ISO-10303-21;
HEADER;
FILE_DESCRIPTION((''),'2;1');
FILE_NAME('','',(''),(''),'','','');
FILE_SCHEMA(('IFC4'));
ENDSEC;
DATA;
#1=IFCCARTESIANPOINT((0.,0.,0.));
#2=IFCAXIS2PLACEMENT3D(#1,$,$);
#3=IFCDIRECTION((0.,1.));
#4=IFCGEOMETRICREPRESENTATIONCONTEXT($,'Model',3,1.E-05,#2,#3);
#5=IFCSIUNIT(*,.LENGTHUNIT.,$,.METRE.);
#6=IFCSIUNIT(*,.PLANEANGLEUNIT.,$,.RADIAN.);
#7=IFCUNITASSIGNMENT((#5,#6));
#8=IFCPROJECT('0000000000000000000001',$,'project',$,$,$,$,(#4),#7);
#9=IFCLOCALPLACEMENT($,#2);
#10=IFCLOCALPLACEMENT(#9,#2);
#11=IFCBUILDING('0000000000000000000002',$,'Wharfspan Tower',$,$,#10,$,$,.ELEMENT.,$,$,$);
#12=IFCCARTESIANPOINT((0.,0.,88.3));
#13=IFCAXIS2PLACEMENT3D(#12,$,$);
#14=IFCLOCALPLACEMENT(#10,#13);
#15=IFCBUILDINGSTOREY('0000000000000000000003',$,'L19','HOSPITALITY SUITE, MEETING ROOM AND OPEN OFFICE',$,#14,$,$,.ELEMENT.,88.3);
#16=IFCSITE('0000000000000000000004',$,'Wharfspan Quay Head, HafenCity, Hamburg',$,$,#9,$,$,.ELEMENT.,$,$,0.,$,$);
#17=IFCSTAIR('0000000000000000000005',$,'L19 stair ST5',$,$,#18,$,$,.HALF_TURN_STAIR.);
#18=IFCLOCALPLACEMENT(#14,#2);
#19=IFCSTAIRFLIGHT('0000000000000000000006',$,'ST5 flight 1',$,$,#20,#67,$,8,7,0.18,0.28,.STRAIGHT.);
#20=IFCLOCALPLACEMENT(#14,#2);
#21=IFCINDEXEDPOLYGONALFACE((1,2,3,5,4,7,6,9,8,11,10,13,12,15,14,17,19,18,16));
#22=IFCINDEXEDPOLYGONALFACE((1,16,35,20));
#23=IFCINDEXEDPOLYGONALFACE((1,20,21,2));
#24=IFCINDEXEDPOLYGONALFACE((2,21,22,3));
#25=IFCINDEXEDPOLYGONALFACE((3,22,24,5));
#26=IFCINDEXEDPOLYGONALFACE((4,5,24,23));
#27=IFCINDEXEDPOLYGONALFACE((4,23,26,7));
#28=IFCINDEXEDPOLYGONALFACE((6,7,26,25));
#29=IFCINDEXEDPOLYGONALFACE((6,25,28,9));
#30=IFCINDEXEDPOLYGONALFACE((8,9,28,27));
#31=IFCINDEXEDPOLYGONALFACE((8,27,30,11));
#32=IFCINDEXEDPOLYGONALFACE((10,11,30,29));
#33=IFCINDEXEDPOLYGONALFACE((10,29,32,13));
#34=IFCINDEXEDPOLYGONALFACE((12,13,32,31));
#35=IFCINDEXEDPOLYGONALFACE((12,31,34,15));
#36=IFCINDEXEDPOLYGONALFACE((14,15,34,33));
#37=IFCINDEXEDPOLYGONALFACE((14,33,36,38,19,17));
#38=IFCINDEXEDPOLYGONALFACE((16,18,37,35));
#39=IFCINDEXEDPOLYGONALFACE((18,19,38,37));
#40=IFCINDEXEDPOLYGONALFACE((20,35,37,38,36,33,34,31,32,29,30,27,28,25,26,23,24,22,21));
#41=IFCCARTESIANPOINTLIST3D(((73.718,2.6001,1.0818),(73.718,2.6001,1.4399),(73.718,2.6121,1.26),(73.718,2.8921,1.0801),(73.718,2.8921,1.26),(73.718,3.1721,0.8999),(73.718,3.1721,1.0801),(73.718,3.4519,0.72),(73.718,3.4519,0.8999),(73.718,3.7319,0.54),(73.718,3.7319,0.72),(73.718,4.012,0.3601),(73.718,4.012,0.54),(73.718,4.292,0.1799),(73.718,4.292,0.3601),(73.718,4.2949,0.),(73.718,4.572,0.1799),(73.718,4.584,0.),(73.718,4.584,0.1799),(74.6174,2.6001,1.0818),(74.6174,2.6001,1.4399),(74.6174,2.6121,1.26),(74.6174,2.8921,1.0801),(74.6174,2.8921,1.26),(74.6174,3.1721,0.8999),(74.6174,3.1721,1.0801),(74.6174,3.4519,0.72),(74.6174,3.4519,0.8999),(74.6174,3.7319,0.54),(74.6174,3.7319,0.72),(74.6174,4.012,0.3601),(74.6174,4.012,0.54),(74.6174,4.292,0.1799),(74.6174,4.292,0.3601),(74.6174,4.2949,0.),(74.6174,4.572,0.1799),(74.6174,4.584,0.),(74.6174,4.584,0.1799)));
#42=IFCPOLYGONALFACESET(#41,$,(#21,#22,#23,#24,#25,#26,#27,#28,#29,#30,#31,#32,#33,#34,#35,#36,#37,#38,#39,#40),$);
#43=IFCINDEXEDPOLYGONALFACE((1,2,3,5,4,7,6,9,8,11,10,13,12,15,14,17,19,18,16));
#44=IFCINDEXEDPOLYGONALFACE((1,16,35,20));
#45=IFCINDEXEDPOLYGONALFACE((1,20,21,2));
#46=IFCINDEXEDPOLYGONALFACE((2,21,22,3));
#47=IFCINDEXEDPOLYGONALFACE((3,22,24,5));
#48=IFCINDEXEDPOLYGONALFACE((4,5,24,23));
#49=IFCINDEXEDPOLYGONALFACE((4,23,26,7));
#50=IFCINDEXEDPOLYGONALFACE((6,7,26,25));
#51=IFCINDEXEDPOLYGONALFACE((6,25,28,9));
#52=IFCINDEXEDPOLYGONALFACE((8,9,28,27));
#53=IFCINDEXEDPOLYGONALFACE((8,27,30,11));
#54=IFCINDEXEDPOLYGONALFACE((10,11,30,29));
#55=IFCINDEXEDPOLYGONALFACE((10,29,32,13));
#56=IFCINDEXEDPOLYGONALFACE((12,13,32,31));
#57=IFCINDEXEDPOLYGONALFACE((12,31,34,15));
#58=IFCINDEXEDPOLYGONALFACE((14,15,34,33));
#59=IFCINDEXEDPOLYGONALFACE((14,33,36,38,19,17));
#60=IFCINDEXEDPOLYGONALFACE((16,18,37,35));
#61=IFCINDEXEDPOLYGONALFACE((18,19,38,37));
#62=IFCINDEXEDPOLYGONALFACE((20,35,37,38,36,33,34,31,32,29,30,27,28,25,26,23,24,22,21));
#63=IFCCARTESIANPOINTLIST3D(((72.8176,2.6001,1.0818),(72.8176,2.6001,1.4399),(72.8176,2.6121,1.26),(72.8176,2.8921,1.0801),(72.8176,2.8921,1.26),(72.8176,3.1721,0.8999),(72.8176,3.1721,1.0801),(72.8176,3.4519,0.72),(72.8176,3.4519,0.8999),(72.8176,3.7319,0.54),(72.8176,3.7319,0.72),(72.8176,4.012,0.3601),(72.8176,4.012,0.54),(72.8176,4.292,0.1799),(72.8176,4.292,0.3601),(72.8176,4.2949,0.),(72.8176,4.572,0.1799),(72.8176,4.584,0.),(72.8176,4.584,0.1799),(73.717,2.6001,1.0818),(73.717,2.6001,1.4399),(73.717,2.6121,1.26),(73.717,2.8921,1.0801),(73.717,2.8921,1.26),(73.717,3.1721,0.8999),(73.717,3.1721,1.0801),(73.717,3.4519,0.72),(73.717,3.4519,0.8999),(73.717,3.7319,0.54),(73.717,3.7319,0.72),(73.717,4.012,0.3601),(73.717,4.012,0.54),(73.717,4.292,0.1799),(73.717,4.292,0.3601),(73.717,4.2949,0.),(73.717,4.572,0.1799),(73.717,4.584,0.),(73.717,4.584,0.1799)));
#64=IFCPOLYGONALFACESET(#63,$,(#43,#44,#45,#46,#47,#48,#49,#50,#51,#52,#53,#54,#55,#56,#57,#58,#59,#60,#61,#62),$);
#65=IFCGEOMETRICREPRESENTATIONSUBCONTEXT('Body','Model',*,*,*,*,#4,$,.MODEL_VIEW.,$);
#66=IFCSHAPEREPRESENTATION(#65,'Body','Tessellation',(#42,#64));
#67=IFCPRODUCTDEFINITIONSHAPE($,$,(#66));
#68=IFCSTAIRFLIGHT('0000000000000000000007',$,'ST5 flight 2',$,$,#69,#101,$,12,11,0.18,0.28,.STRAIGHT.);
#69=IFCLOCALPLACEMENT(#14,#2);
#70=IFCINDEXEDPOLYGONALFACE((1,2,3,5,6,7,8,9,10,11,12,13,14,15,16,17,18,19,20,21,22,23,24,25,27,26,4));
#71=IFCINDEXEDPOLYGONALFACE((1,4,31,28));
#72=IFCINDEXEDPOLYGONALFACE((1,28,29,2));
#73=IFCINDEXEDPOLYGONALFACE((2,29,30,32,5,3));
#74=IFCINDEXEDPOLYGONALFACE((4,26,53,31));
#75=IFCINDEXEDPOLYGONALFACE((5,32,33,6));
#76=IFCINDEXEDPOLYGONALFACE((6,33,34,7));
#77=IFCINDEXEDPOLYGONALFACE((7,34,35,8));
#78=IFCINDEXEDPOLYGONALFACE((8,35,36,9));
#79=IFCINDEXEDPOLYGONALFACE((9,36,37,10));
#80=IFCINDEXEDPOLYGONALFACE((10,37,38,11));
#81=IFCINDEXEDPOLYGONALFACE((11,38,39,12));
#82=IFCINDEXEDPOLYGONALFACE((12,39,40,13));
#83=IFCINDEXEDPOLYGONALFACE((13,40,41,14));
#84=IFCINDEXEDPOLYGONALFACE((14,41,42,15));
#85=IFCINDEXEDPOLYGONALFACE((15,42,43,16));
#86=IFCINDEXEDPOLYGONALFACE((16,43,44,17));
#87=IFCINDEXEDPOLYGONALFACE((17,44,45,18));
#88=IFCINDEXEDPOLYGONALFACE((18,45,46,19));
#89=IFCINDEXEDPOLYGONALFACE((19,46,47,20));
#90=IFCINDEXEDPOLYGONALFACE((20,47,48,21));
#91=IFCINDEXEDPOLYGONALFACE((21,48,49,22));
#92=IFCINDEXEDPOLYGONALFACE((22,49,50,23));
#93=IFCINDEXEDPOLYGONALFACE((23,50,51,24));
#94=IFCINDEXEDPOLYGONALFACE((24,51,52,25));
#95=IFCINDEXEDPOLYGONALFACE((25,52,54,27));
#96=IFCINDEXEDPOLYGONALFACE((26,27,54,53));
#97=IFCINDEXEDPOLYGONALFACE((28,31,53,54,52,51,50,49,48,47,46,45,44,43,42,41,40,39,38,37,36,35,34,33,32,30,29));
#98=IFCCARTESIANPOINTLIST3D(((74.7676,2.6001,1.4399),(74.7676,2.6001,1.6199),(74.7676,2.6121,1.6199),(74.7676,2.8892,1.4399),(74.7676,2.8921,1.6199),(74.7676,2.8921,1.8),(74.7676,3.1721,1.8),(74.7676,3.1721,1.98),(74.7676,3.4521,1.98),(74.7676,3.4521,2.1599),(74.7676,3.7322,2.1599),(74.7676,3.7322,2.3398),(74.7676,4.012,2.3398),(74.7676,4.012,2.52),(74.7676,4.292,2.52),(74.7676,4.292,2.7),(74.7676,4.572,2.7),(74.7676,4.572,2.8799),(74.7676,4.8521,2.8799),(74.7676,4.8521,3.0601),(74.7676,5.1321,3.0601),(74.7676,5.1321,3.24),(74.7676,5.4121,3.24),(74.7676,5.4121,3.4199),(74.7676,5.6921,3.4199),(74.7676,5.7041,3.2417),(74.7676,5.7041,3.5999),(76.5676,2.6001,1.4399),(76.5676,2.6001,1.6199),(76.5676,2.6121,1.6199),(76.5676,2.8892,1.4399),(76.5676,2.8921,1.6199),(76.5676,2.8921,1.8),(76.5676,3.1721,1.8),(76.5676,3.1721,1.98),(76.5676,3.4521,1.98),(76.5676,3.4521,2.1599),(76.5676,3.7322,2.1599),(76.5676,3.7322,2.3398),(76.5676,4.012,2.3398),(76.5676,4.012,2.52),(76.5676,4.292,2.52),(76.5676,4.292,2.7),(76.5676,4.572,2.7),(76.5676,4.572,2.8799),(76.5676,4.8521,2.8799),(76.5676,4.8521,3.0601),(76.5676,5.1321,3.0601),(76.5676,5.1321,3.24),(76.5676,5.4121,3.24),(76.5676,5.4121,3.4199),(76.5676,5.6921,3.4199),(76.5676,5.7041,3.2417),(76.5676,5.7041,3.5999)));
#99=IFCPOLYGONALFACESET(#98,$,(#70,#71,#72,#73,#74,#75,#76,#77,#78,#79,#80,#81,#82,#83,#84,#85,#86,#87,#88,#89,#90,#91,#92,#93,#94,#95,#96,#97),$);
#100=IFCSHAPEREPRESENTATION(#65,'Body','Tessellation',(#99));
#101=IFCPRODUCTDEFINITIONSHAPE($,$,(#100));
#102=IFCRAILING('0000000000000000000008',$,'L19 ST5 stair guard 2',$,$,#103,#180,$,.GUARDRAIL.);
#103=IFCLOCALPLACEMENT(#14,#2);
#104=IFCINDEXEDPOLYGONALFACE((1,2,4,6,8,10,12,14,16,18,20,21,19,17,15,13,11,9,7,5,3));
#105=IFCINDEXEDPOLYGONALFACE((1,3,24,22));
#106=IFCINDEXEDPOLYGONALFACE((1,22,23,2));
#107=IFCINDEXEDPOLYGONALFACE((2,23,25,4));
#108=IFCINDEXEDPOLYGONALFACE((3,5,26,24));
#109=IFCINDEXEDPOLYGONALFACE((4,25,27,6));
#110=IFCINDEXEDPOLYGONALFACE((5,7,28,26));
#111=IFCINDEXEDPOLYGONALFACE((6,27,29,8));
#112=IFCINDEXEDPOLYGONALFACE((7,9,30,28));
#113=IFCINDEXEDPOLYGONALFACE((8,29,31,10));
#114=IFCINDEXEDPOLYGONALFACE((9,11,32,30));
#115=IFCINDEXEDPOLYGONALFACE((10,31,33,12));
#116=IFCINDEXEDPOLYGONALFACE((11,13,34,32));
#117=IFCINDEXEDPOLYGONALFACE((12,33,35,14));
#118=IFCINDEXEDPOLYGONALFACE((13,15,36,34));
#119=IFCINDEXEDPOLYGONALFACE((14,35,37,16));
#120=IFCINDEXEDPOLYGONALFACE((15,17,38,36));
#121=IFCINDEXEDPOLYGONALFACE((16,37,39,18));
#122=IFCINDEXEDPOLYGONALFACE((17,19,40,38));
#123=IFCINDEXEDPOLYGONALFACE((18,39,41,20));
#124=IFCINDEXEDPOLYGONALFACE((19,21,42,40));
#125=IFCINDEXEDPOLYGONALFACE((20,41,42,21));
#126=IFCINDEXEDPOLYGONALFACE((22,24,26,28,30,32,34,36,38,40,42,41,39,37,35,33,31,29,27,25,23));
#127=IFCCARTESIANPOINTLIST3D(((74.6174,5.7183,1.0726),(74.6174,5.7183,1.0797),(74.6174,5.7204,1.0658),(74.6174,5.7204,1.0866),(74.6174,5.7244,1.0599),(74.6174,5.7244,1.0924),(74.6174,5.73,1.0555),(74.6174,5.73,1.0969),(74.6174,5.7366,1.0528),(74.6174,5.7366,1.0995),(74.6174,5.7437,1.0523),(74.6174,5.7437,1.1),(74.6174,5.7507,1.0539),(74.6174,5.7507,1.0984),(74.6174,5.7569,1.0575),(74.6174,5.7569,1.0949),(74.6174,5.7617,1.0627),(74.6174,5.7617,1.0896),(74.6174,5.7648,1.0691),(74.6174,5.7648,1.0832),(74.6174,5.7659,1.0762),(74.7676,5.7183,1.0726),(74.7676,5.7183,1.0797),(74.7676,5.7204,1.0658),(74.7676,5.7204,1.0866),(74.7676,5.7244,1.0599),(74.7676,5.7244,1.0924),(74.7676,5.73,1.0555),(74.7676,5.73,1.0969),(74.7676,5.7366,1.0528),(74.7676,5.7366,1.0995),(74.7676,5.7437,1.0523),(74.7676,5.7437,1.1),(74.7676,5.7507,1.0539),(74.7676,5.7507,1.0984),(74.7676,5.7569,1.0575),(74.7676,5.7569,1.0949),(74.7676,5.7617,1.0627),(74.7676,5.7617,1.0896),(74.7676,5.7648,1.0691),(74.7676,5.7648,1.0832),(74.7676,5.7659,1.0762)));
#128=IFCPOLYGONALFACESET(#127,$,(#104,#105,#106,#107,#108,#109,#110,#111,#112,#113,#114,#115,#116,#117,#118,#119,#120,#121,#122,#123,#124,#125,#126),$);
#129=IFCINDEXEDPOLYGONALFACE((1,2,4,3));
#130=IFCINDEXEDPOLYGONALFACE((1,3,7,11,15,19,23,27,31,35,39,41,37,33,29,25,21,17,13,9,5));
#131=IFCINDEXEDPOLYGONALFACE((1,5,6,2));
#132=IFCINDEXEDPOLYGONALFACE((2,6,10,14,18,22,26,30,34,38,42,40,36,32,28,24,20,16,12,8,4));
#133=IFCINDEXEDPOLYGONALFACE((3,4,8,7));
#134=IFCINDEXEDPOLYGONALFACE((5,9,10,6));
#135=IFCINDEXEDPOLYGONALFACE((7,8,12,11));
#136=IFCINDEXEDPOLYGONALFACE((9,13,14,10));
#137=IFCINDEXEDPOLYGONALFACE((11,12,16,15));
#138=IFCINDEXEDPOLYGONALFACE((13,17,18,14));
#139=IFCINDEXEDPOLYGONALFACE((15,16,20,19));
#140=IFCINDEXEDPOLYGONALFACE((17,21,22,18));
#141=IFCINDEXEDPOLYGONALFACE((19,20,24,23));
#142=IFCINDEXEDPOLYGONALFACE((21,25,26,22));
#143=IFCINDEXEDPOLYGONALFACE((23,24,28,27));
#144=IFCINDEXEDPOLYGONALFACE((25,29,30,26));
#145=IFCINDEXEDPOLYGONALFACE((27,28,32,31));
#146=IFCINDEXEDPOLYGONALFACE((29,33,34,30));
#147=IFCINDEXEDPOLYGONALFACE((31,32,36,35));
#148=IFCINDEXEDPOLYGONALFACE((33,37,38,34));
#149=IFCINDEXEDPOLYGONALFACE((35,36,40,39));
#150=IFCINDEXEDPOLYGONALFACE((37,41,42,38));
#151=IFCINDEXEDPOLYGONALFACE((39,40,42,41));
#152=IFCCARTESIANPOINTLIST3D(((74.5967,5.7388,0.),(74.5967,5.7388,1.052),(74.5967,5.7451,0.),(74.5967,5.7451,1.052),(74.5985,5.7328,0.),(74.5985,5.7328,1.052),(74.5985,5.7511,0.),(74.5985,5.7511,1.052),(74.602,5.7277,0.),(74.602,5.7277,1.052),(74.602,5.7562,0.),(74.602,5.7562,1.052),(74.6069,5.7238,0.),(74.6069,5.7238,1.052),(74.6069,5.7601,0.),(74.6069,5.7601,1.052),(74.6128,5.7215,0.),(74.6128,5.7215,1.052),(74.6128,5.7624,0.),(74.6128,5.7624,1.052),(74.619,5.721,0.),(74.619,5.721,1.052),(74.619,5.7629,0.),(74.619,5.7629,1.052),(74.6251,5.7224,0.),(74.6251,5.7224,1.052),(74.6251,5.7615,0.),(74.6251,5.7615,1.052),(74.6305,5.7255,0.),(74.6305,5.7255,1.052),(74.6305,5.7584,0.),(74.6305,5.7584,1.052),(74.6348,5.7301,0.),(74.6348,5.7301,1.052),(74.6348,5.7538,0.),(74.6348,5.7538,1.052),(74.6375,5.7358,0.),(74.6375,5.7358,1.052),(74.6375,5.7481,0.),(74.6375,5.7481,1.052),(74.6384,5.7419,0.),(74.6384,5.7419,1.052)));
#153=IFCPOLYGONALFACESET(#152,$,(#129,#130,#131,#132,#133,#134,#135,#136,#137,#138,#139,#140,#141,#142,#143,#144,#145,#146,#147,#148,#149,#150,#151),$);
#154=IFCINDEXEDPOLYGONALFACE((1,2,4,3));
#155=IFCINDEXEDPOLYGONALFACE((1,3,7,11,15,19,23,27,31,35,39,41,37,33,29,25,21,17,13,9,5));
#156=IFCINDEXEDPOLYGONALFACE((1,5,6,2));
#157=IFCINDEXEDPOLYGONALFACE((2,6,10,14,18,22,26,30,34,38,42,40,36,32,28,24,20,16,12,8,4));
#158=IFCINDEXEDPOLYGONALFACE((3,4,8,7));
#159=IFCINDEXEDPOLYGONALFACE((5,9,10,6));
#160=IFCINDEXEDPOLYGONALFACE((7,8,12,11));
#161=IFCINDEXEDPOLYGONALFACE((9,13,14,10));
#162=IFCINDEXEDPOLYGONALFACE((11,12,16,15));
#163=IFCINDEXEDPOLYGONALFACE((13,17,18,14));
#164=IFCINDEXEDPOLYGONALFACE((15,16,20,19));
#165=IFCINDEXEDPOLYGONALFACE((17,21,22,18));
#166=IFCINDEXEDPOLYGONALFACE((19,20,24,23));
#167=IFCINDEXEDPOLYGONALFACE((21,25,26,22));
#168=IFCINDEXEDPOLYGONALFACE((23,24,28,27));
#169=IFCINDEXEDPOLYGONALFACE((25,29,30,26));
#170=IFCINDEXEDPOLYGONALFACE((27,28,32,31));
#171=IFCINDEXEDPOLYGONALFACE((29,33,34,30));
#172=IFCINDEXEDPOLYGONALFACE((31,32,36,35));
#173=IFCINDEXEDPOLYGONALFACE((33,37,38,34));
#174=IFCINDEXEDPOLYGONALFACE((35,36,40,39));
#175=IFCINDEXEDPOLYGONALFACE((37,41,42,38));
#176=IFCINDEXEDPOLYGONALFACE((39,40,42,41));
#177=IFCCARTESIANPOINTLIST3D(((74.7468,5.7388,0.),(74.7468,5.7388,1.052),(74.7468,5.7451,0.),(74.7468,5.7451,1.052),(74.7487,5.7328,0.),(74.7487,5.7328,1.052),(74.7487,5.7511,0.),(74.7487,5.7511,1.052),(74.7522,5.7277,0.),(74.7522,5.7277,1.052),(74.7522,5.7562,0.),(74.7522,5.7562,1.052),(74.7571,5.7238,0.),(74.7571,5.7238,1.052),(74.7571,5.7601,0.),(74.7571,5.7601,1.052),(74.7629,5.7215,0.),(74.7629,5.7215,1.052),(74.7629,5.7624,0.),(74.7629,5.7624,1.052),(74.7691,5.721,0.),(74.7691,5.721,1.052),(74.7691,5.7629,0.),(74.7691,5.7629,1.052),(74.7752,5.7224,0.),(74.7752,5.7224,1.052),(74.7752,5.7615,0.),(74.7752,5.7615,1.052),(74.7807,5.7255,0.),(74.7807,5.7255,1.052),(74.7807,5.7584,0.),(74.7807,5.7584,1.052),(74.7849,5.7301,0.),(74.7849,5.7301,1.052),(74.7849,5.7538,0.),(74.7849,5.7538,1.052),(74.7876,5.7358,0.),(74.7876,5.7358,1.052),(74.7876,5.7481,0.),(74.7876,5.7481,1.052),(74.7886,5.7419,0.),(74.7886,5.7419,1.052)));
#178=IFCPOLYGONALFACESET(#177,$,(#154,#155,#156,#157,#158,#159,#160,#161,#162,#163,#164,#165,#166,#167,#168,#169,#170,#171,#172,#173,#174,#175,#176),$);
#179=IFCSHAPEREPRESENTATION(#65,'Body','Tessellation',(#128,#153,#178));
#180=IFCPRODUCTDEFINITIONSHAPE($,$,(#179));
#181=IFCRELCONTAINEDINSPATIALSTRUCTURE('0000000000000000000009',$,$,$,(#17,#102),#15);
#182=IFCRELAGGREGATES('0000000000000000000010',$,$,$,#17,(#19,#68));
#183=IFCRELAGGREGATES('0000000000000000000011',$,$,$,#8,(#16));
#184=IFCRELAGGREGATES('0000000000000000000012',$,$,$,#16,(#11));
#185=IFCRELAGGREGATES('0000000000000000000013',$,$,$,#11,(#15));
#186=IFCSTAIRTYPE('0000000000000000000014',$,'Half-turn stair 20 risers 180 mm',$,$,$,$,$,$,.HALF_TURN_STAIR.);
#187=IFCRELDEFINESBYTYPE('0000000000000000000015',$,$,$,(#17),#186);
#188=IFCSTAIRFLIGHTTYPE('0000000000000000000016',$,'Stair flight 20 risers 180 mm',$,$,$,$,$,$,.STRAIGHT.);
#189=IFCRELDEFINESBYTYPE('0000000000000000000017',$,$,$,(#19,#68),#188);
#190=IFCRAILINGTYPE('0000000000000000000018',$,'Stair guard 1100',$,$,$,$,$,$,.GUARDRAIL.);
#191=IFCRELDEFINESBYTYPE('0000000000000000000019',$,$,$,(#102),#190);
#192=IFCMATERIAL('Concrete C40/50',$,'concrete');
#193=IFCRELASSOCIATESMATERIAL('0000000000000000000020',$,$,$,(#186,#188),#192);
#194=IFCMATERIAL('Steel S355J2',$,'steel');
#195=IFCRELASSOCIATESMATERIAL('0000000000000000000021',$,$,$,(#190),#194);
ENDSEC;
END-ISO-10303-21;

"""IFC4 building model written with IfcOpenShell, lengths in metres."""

from ifc_helpers import new_model, si_unit, direction, frame, origin, origin_2d, place, context, subcontext, project, spatial, polyline, circle, outline, extrude, material, type_object, element, aggregate, save


model = new_model("IFC4")

# Units and contexts
model_context = context("Model", 3, precision=1e-05, world=origin(), true_north=direction((0.0, 1.0)))
body_context = subcontext(model_context, "Body", "Model", "MODEL_VIEW")
ifc_project = project(units=[si_unit("LENGTHUNIT", "METRE"), si_unit("PLANEANGLEUNIT", "RADIAN")], contexts=[model_context])

# Site, building, storey
site_placement = place(None, origin())
site = spatial("IfcSite", under=ifc_project, at=site_placement, Name="Wharfspan Quay Head, HafenCity, Hamburg", CompositionType="ELEMENT", RefElevation=0.0)
building_placement = place(site_placement, origin())
building = spatial("IfcBuilding", under=site, at=building_placement, Name="Wharfspan Tower", CompositionType="ELEMENT")
storey_placement = place(building_placement, frame((0.0, 0.0, 88.3)))
storey = spatial("IfcBuildingStorey", under=building, at=storey_placement, Name="L19", Description="HOSPITALITY SUITE, MEETING ROOM AND OPEN OFFICE", CompositionType="ELEMENT", Elevation=88.3)

# Shared definitions
ifc_material_1 = material(Name="Steel S355J2", Category="steel")

# Shared definitions
ifc_material_2 = material(Name="Concrete C40/50", Category="concrete")

# Stair, stair flights
stair_type = type_object("IfcStairType", Name="Half-turn stair 20 risers 180 mm", PredefinedType="HALF_TURN_STAIR", material=ifc_material_2)
stair_placement = place(storey_placement, origin())
stair = element("IfcStair", 1, at=stair_placement, inside=storey, type_object=stair_type, Name="L19 stair ST5", PredefinedType="HALF_TURN_STAIR")
stair_flight_type = type_object("IfcStairFlightType", Name="Stair flight 20 risers 180 mm", PredefinedType="STRAIGHT", material=ifc_material_2)
stair_flight_1_placement = place(storey_placement, frame((73.7175, 4.572, 0.0), z_axis=(0.0, 0.0, 1.0), x_axis=(0.0, -1.0, 0.0)))
stair_flight_1 = element("IfcStairFlight", 2, at=stair_flight_1_placement, type_object=stair_flight_type, Name="ST5 flight 1", NumberOfRisers=8, NumberOfTreads=7, PredefinedType="STRAIGHT", RiserHeight=0.18, TreadLength=0.28, context=body_context, shape_type="SweptSolid", body=[
    extrude(outline(polyline([(-0.012, 0.0), (-0.012, 0.1799), (0.0, 0.1799), (0.28, 0.1799), (0.28, 0.3601), (0.5601, 0.3601), (0.5601, 0.54), (0.8401, 0.54), (0.8401, 0.72), (1.1201, 0.72), (1.1201, 0.8999), (1.3999, 0.8999), (1.3999, 1.0801), (1.6799, 1.0801), (1.6799, 1.26), (1.96, 1.26), (1.9719, 1.4399), (1.9719, 1.0818), (0.2771, 0.0), (-0.012, 0.0)])), frame((0.0, 0.8999, 0.0), z_axis=(0.0, -1.0, 0.0), x_axis=(1.0, 0.0, 0.0)), (0.0, 0.0, 1.0), 0.8994),
    extrude(outline(polyline([(-0.012, 0.0), (-0.012, 0.1799), (0.0, 0.1799), (0.28, 0.1799), (0.28, 0.3601), (0.5601, 0.3601), (0.5601, 0.54), (0.8401, 0.54), (0.8401, 0.72), (1.1201, 0.72), (1.1201, 0.8999), (1.3999, 0.8999), (1.3999, 1.0801), (1.6799, 1.0801), (1.6799, 1.26), (1.96, 1.26), (1.9719, 1.4399), (1.9719, 1.0818), (0.2771, 0.0), (-0.012, 0.0)])), frame((0.0, -0.0005, 0.0), z_axis=(0.0, -1.0, 0.0), x_axis=(1.0, 0.0, 0.0)), (0.0, 0.0, 1.0), 0.8994),
])
stair_flight_2_placement = place(storey_placement, frame((75.6675, 2.6121, 1.4399), z_axis=(0.0, 0.0, 1.0), x_axis=(0.0, 1.0, 0.0)))
stair_flight_2 = element("IfcStairFlight", 3, at=stair_flight_2_placement, type_object=stair_flight_type, Name="ST5 flight 2", NumberOfRisers=12, NumberOfTreads=11, PredefinedType="STRAIGHT", RiserHeight=0.18, TreadLength=0.28, context=body_context, shape_type="SweptSolid", body=[
    extrude(outline(polyline([(-0.012, 0.0), (-0.012, 0.1799), (0.0, 0.1799), (0.28, 0.1799), (0.28, 0.3601), (0.5601, 0.3601), (0.5601, 0.54), (0.8401, 0.54), (0.8401, 0.72), (1.1201, 0.72), (1.1201, 0.8999), (1.3999, 0.8999), (1.3999, 1.0801), (1.6799, 1.0801), (1.6799, 1.26), (1.96, 1.26), (1.96, 1.4399), (2.24, 1.4399), (2.24, 1.6201), (2.52, 1.6201), (2.52, 1.8), (2.8, 1.8), (2.8, 1.98), (3.0801, 1.98), (3.092, 2.1599), (3.092, 1.8018), (0.2771, 0.0), (-0.012, 0.0)])), frame((0.0, 0.8999, 0.0), z_axis=(0.0, -1.0, 0.0), x_axis=(1.0, 0.0, 0.0)), (0.0, 0.0, 1.0), 1.8),
])
aggregate(stair, [stair_flight_1, stair_flight_2])

# Railing
railing_type_1 = type_object("IfcRailingType", Name="Stair guard 1100", PredefinedType="GUARDRAIL", material=ifc_material_1)
railing_1_placement = place(storey_placement, frame((74.6174, 5.7419, 0.0)))
element("IfcRailing", 4, at=railing_1_placement, inside=storey, type_object=railing_type_1, Name="L19 ST5 stair guard 2", PredefinedType="GUARDRAIL", context=body_context, shape_type="SweptSolid", body=[
    extrude(circle(Radius=0.0239, at=origin_2d()), frame((0.0, 0.0, 1.0762), z_axis=(1.0, 0.0, 0.0), x_axis=(0.0, 1.0, 0.0)), (0.0, 0.0, 1.0), 0.1501),
    extrude(circle(Radius=0.021, at=origin_2d()), origin(), (0.0, 0.0, 1.0), 1.052),
    extrude(circle(Radius=0.021, at=origin_2d()), frame((0.1501, 0.0, 0.0)), (0.0, 0.0, 1.0), 1.052),
])

save(model, "model.ifc")
